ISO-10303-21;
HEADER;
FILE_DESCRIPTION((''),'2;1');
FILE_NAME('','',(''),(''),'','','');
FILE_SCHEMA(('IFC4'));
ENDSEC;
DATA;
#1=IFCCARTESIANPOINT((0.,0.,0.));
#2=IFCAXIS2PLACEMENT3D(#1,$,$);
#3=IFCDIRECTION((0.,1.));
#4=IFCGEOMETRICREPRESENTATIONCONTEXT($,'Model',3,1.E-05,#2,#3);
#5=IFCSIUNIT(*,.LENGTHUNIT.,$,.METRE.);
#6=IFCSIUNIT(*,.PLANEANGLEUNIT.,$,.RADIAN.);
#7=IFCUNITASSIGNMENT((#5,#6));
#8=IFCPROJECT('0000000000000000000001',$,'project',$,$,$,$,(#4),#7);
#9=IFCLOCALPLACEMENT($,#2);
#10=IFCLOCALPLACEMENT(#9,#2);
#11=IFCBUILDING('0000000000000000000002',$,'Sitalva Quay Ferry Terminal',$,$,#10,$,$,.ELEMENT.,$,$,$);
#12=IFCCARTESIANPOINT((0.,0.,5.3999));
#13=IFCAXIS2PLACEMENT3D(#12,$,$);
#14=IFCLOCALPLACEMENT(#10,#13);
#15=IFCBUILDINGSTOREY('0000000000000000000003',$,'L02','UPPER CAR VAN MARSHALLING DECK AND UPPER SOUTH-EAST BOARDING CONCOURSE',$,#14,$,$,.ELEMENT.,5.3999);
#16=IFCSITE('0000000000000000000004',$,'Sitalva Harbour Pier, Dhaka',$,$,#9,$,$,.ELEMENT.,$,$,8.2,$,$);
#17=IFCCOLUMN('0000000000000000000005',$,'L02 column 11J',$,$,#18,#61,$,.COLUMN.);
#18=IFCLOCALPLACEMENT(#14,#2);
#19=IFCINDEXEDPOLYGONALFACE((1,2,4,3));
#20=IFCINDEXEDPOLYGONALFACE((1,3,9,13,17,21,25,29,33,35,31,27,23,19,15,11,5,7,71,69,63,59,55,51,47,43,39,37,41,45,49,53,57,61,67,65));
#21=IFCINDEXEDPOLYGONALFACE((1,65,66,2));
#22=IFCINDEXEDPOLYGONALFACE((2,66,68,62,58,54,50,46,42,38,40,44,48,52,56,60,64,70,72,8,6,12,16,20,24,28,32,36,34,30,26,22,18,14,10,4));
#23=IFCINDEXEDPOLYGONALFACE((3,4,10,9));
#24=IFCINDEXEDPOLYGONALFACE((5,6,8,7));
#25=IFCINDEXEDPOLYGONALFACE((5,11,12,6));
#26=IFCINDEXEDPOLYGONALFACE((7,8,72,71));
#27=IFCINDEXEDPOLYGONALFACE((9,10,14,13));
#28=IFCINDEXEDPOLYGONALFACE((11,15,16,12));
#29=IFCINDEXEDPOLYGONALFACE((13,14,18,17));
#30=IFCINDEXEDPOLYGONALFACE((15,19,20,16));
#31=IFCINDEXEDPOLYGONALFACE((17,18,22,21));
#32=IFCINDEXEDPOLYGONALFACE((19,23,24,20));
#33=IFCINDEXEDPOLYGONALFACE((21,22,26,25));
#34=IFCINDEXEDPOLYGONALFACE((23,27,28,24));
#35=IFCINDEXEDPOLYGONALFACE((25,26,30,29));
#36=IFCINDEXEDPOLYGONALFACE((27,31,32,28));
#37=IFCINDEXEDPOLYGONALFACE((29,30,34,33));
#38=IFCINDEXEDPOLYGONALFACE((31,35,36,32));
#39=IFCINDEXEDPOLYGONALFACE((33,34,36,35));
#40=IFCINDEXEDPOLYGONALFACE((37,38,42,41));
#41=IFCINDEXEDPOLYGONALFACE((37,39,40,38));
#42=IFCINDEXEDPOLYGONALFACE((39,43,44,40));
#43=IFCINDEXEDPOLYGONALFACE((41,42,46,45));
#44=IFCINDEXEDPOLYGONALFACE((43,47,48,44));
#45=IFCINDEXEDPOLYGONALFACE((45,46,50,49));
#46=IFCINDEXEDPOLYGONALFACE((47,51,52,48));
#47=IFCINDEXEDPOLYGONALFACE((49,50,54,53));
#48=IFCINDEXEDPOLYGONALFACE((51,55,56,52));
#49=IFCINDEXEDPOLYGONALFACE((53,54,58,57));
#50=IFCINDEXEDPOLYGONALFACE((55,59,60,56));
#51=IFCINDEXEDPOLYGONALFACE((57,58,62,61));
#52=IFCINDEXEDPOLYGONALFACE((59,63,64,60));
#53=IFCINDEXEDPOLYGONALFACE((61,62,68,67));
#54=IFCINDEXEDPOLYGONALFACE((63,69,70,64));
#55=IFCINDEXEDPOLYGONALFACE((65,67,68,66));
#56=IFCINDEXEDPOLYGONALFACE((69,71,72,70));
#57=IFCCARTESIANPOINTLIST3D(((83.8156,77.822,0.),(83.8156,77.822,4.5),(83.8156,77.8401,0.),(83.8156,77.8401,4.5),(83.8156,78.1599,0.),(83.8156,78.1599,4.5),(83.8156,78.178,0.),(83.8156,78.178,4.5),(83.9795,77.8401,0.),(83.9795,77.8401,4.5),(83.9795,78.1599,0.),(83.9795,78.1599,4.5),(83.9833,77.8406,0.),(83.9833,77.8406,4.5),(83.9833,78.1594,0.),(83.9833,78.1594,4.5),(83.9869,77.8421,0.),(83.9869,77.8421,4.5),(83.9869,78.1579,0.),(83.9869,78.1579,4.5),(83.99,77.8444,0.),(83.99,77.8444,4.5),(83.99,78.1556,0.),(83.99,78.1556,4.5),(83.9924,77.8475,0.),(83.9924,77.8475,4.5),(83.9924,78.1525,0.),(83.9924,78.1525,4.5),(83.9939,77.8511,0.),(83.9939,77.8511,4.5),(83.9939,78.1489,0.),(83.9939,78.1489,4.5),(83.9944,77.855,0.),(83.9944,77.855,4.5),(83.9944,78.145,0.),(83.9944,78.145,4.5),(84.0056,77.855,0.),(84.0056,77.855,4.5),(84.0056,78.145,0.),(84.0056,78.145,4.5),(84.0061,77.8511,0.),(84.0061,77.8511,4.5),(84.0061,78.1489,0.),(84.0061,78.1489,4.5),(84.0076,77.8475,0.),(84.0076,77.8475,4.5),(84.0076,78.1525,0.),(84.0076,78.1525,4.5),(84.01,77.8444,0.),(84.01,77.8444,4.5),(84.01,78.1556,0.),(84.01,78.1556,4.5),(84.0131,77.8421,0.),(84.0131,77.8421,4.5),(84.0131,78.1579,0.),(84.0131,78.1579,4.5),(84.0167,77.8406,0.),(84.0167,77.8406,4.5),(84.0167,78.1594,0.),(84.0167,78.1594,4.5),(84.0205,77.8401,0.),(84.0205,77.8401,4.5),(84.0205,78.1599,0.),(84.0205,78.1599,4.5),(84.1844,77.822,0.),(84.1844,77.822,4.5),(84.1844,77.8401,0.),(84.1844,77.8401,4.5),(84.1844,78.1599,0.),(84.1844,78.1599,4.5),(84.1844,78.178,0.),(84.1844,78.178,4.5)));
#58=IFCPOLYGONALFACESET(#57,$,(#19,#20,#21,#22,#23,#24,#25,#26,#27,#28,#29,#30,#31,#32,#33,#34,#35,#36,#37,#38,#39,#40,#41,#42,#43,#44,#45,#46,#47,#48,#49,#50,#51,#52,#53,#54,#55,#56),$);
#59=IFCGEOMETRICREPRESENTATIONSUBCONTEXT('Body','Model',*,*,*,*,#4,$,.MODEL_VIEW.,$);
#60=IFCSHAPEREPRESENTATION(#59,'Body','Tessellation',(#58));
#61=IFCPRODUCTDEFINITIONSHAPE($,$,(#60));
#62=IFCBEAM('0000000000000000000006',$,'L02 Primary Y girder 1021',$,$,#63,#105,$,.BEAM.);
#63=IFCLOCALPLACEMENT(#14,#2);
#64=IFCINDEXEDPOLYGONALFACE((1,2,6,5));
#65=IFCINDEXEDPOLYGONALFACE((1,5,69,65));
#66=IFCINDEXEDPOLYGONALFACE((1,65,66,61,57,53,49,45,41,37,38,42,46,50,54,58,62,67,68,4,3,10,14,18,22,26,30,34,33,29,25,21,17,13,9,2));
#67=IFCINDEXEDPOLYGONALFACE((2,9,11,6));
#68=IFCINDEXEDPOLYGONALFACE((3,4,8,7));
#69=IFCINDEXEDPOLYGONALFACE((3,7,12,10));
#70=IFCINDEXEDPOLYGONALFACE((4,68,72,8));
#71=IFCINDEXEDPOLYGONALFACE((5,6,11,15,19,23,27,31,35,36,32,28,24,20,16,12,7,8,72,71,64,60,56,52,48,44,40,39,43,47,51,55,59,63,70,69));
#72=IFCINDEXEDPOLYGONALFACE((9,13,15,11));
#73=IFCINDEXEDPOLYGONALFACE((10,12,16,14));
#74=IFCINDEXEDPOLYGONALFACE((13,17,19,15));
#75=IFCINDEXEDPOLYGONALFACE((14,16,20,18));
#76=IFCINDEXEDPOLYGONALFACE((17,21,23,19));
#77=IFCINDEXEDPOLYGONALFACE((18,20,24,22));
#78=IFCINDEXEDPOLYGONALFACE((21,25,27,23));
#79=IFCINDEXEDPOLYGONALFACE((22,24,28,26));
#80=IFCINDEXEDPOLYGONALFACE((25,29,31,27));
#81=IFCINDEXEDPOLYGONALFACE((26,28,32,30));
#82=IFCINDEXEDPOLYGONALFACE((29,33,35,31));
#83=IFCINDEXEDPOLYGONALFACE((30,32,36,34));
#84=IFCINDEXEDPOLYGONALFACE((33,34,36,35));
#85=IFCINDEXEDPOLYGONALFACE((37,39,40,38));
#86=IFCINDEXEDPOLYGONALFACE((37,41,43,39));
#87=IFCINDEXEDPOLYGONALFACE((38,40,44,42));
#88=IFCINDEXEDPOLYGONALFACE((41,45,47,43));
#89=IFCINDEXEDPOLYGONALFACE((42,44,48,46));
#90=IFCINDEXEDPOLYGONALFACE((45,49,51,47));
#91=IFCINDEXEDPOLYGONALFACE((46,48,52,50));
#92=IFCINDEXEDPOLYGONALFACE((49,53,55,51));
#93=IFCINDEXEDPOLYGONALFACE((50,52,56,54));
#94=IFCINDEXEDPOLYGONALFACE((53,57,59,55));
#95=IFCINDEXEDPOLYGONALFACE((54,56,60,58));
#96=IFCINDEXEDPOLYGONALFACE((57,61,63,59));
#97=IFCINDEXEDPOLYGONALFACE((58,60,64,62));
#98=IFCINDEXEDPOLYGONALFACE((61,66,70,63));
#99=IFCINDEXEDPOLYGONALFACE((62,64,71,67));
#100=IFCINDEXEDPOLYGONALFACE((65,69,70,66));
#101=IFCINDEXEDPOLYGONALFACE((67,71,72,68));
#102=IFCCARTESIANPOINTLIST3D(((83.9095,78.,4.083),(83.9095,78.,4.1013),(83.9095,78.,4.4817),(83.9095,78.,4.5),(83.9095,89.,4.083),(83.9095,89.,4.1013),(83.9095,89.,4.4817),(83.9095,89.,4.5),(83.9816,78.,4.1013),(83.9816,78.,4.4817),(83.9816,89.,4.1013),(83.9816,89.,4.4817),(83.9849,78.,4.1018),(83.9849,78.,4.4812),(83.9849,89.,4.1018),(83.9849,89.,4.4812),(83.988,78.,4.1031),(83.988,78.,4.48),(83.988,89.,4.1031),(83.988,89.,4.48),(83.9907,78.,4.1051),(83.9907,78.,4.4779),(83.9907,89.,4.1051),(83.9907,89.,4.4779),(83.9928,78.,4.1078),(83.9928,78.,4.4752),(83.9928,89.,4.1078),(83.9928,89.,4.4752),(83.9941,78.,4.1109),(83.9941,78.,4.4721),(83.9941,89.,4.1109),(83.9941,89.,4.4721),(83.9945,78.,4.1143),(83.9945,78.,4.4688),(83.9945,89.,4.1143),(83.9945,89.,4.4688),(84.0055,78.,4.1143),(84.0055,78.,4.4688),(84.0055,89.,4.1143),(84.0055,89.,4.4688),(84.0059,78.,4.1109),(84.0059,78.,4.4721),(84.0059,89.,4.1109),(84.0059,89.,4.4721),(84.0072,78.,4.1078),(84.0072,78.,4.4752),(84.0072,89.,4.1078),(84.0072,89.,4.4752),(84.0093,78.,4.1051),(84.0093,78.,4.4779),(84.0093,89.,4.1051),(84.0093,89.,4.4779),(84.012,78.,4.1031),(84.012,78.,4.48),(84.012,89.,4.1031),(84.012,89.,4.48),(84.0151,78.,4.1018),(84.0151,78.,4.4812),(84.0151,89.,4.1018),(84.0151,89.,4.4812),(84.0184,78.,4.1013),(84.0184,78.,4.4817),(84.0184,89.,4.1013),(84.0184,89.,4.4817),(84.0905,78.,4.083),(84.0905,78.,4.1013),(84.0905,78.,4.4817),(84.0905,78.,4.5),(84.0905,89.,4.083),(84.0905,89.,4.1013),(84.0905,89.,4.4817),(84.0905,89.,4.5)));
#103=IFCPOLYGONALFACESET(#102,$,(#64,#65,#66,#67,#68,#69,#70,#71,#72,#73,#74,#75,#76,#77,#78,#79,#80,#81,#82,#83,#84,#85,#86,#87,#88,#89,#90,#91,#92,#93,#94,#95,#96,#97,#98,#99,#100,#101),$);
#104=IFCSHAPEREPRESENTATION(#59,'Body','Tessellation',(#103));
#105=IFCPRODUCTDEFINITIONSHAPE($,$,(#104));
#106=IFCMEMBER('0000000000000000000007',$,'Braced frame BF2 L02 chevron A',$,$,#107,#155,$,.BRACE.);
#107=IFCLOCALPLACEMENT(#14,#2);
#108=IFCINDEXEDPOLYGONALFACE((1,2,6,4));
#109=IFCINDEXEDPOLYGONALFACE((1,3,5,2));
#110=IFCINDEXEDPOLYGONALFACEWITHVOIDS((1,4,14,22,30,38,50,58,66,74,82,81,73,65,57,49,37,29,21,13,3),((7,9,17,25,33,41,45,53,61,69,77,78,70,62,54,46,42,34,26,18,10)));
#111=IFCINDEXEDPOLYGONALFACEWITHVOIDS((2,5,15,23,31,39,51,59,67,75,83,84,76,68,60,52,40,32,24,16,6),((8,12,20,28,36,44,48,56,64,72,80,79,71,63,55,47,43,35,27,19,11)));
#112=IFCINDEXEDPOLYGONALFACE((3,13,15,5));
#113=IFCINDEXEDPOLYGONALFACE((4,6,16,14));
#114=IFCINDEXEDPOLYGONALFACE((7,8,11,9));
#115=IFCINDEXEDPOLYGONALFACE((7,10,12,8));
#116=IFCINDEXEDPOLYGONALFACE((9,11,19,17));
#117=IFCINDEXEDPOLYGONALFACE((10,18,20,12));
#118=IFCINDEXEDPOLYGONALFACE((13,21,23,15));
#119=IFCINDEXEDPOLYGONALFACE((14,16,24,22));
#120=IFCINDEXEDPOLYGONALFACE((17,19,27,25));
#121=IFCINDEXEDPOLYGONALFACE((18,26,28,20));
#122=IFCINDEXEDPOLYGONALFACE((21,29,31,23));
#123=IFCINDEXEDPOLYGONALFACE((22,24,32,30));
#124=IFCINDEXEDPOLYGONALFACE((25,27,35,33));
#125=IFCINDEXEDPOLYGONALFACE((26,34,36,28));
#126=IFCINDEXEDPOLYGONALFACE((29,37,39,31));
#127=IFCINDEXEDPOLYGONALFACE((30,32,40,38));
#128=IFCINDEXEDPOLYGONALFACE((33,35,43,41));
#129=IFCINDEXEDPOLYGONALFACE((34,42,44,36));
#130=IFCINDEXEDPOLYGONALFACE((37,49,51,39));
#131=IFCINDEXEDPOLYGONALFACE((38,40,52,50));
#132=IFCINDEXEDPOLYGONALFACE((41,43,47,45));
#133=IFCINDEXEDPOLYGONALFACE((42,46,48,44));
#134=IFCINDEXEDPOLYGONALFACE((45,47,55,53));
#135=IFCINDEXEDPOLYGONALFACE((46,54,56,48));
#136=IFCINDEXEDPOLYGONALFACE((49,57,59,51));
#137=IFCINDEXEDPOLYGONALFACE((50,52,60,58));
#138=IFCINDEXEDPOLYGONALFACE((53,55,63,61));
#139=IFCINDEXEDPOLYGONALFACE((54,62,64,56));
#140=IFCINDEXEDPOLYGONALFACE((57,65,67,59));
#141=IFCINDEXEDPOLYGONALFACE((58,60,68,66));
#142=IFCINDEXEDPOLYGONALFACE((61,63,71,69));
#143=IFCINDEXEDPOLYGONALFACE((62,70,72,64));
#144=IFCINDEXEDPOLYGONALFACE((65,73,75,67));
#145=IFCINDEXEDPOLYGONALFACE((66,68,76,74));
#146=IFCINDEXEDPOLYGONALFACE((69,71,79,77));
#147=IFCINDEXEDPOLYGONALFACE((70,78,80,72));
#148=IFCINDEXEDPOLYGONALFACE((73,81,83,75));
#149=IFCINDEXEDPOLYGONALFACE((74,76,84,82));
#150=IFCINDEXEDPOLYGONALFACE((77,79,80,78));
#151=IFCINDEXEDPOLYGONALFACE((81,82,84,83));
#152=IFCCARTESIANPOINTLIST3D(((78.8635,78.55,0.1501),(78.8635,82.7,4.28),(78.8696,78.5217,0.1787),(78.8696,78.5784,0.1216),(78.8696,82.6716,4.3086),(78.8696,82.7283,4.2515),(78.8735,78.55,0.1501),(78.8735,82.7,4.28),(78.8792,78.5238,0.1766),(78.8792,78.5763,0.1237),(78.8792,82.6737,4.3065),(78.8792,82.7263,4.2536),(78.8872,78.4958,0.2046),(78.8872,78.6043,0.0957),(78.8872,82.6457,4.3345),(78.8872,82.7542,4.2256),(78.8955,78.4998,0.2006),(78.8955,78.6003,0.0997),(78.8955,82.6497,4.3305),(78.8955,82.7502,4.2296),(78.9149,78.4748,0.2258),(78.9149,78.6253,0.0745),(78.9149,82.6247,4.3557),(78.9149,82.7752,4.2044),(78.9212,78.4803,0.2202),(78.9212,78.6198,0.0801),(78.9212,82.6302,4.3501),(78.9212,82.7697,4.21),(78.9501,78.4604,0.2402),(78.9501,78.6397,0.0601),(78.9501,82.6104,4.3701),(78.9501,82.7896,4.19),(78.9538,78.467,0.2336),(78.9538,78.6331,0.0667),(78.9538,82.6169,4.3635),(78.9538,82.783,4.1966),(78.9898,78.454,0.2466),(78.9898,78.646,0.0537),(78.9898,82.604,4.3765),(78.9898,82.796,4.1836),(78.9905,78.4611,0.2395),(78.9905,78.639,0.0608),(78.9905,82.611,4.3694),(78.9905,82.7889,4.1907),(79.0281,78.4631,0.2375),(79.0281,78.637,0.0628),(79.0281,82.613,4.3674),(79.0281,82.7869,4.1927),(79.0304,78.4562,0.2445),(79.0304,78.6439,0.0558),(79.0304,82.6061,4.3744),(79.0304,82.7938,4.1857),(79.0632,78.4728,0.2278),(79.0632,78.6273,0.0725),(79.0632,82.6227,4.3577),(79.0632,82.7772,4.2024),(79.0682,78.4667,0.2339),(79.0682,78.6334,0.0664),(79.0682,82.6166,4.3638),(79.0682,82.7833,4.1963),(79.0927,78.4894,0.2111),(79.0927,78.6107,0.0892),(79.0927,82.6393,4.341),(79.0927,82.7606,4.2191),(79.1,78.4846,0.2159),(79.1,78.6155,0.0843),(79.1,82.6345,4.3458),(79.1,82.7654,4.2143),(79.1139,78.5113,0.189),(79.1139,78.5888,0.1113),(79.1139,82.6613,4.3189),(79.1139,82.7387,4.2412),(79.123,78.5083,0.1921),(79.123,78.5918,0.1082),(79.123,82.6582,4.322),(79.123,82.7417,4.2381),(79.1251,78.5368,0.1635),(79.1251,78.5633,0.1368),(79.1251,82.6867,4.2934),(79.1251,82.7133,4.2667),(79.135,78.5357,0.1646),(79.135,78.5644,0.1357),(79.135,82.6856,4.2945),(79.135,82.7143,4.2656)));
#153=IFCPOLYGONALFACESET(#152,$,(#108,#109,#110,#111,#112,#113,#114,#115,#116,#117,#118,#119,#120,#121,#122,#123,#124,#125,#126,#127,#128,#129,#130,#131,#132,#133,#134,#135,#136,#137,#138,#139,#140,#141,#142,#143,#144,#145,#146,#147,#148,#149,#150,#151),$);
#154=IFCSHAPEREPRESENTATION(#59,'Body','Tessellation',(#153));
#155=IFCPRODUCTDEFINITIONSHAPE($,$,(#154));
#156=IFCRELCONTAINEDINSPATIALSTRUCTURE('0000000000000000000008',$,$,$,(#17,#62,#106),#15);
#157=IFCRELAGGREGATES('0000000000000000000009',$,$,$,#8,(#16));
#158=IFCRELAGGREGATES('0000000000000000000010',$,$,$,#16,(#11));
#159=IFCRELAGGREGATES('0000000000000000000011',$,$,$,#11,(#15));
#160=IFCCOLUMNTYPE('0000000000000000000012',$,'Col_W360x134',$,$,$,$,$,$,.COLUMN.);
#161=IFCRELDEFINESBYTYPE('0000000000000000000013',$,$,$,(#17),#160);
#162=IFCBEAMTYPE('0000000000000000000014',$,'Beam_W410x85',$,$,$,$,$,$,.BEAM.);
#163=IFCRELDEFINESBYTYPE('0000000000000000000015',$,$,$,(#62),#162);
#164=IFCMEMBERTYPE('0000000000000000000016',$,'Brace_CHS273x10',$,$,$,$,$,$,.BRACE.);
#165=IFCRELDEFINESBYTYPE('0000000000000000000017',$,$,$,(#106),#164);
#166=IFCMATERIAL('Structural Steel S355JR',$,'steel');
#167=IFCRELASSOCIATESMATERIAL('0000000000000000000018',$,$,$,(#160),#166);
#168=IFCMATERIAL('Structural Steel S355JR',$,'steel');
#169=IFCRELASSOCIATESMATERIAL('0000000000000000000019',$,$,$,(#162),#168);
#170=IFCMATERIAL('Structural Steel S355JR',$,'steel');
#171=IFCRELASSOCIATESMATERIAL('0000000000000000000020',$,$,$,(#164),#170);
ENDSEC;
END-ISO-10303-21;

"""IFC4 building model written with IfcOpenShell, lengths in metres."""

from ifc_helpers import new_model, si_unit, direction, frame, origin, origin_2d, place, context, subcontext, project, spatial, hollow_circle, i_section, extrude, material, material_profile, profile_set, type_object, element, save


model = new_model("IFC4")

# Units and contexts
model_context = context("Model", 3, precision=1e-05, world=origin(), true_north=direction((0.0, 1.0)))
body_context = subcontext(model_context, "Body", "Model", "MODEL_VIEW")
ifc_project = project(units=[si_unit("LENGTHUNIT", "METRE"), si_unit("PLANEANGLEUNIT", "RADIAN")], contexts=[model_context])

# Site, building, storey
site_placement = place(None, origin())
site = spatial("IfcSite", under=ifc_project, at=site_placement, Name="Sitalva Harbour Pier, Dhaka", CompositionType="ELEMENT", RefElevation=8.2)
building_placement = place(site_placement, origin())
building = spatial("IfcBuilding", under=site, at=building_placement, Name="Sitalva Quay Ferry Terminal", CompositionType="ELEMENT")
storey_placement = place(building_placement, frame((0.0, 0.0, 5.3999)))
storey = spatial("IfcBuildingStorey", under=building, at=storey_placement, Name="L02", Description="UPPER CAR VAN MARSHALLING DECK AND UPPER SOUTH-EAST BOARDING CONCOURSE", CompositionType="ELEMENT", Elevation=5.3999)

# Column
ifc_material_1 = material(Name="Structural Steel S355JR", Category="steel")
ifc_material_profile_1 = material_profile(ifc_material_1, i_section(OverallWidth=0.3689, OverallDepth=0.356, WebThickness=0.0112, FlangeThickness=0.0181, FilletRadius=0.0149, at=origin_2d()), Name="W360x134")
ifc_profile_set_1 = profile_set([ifc_material_profile_1], Name="Structural Steel S355JR")
column_type = type_object("IfcColumnType", Name="Col_W360x134", PredefinedType="COLUMN", material=ifc_profile_set_1)
column_placement = place(storey_placement, frame((84.0, 78.0, 0.0), z_axis=(0.0, 0.0, 1.0), x_axis=(1.0, 0.0, 0.0)))
element("IfcColumn", 1, at=column_placement, inside=storey, type_object=column_type, Name="L02 column 11J", PredefinedType="COLUMN", context=body_context, shape_type="SweptSolid", body=[
    extrude(i_section(OverallWidth=0.3689, OverallDepth=0.356, WebThickness=0.0112, FlangeThickness=0.0181, FilletRadius=0.0149, at=origin_2d()), origin(), (0.0, 0.0, 1.0), 4.5),
])

# Beam
ifc_material_2 = material(Name="Structural Steel S355JR", Category="steel")
ifc_material_profile_2 = material_profile(ifc_material_2, i_section(OverallWidth=0.1809, OverallDepth=0.417, WebThickness=0.011, FlangeThickness=0.0183, FilletRadius=0.0129, at=origin_2d()), Name="W410x85")
ifc_profile_set_2 = profile_set([ifc_material_profile_2], Name="Structural Steel S355JR")
beam_type_1 = type_object("IfcBeamType", Name="Beam_W410x85", PredefinedType="BEAM", material=ifc_profile_set_2)
beam_1_placement = place(storey_placement, frame((84.0, 78.0, 4.2915), z_axis=(0.0, 1.0, 0.0), x_axis=(-1.0, 0.0, 0.0)))
element("IfcBeam", 2, at=beam_1_placement, inside=storey, type_object=beam_type_1, Name="L02 Primary Y girder 1021", PredefinedType="BEAM", context=body_context, shape_type="SweptSolid", body=[
    extrude(i_section(OverallWidth=0.1809, OverallDepth=0.417, WebThickness=0.011, FlangeThickness=0.0183, FilletRadius=0.0129, at=origin_2d()), origin(), (0.0, 0.0, 1.0), 11.0),
])

# Member
ifc_material_3 = material(Name="Structural Steel S355JR", Category="steel")
ifc_material_profile_3 = material_profile(ifc_material_3, hollow_circle(Radius=0.1365, WallThickness=0.01, at=origin_2d()), Name="CHS273x10")
ifc_profile_set_3 = profile_set([ifc_material_profile_3], Name="Structural Steel S355JR")
member_type_1 = type_object("IfcMemberType", Name="Brace_CHS273x10", PredefinedType="BRACE", material=ifc_profile_set_3)
member_1_placement = place(storey_placement, frame((79.0, 78.55, 0.1501), z_axis=(0.0, 0.708814, 0.705395), x_axis=(-1.0, 0.0, 0.0)))
element("IfcMember", 3, at=member_1_placement, inside=storey, type_object=member_type_1, Name="Braced frame BF2 L02 chevron A", PredefinedType="BRACE", context=body_context, shape_type="SweptSolid", body=[
    extrude(hollow_circle(Radius=0.1365, WallThickness=0.01, at=origin_2d()), origin(), (0.0, 0.0, 1.0), 5.8547),
])

save(model, "model.ifc")
